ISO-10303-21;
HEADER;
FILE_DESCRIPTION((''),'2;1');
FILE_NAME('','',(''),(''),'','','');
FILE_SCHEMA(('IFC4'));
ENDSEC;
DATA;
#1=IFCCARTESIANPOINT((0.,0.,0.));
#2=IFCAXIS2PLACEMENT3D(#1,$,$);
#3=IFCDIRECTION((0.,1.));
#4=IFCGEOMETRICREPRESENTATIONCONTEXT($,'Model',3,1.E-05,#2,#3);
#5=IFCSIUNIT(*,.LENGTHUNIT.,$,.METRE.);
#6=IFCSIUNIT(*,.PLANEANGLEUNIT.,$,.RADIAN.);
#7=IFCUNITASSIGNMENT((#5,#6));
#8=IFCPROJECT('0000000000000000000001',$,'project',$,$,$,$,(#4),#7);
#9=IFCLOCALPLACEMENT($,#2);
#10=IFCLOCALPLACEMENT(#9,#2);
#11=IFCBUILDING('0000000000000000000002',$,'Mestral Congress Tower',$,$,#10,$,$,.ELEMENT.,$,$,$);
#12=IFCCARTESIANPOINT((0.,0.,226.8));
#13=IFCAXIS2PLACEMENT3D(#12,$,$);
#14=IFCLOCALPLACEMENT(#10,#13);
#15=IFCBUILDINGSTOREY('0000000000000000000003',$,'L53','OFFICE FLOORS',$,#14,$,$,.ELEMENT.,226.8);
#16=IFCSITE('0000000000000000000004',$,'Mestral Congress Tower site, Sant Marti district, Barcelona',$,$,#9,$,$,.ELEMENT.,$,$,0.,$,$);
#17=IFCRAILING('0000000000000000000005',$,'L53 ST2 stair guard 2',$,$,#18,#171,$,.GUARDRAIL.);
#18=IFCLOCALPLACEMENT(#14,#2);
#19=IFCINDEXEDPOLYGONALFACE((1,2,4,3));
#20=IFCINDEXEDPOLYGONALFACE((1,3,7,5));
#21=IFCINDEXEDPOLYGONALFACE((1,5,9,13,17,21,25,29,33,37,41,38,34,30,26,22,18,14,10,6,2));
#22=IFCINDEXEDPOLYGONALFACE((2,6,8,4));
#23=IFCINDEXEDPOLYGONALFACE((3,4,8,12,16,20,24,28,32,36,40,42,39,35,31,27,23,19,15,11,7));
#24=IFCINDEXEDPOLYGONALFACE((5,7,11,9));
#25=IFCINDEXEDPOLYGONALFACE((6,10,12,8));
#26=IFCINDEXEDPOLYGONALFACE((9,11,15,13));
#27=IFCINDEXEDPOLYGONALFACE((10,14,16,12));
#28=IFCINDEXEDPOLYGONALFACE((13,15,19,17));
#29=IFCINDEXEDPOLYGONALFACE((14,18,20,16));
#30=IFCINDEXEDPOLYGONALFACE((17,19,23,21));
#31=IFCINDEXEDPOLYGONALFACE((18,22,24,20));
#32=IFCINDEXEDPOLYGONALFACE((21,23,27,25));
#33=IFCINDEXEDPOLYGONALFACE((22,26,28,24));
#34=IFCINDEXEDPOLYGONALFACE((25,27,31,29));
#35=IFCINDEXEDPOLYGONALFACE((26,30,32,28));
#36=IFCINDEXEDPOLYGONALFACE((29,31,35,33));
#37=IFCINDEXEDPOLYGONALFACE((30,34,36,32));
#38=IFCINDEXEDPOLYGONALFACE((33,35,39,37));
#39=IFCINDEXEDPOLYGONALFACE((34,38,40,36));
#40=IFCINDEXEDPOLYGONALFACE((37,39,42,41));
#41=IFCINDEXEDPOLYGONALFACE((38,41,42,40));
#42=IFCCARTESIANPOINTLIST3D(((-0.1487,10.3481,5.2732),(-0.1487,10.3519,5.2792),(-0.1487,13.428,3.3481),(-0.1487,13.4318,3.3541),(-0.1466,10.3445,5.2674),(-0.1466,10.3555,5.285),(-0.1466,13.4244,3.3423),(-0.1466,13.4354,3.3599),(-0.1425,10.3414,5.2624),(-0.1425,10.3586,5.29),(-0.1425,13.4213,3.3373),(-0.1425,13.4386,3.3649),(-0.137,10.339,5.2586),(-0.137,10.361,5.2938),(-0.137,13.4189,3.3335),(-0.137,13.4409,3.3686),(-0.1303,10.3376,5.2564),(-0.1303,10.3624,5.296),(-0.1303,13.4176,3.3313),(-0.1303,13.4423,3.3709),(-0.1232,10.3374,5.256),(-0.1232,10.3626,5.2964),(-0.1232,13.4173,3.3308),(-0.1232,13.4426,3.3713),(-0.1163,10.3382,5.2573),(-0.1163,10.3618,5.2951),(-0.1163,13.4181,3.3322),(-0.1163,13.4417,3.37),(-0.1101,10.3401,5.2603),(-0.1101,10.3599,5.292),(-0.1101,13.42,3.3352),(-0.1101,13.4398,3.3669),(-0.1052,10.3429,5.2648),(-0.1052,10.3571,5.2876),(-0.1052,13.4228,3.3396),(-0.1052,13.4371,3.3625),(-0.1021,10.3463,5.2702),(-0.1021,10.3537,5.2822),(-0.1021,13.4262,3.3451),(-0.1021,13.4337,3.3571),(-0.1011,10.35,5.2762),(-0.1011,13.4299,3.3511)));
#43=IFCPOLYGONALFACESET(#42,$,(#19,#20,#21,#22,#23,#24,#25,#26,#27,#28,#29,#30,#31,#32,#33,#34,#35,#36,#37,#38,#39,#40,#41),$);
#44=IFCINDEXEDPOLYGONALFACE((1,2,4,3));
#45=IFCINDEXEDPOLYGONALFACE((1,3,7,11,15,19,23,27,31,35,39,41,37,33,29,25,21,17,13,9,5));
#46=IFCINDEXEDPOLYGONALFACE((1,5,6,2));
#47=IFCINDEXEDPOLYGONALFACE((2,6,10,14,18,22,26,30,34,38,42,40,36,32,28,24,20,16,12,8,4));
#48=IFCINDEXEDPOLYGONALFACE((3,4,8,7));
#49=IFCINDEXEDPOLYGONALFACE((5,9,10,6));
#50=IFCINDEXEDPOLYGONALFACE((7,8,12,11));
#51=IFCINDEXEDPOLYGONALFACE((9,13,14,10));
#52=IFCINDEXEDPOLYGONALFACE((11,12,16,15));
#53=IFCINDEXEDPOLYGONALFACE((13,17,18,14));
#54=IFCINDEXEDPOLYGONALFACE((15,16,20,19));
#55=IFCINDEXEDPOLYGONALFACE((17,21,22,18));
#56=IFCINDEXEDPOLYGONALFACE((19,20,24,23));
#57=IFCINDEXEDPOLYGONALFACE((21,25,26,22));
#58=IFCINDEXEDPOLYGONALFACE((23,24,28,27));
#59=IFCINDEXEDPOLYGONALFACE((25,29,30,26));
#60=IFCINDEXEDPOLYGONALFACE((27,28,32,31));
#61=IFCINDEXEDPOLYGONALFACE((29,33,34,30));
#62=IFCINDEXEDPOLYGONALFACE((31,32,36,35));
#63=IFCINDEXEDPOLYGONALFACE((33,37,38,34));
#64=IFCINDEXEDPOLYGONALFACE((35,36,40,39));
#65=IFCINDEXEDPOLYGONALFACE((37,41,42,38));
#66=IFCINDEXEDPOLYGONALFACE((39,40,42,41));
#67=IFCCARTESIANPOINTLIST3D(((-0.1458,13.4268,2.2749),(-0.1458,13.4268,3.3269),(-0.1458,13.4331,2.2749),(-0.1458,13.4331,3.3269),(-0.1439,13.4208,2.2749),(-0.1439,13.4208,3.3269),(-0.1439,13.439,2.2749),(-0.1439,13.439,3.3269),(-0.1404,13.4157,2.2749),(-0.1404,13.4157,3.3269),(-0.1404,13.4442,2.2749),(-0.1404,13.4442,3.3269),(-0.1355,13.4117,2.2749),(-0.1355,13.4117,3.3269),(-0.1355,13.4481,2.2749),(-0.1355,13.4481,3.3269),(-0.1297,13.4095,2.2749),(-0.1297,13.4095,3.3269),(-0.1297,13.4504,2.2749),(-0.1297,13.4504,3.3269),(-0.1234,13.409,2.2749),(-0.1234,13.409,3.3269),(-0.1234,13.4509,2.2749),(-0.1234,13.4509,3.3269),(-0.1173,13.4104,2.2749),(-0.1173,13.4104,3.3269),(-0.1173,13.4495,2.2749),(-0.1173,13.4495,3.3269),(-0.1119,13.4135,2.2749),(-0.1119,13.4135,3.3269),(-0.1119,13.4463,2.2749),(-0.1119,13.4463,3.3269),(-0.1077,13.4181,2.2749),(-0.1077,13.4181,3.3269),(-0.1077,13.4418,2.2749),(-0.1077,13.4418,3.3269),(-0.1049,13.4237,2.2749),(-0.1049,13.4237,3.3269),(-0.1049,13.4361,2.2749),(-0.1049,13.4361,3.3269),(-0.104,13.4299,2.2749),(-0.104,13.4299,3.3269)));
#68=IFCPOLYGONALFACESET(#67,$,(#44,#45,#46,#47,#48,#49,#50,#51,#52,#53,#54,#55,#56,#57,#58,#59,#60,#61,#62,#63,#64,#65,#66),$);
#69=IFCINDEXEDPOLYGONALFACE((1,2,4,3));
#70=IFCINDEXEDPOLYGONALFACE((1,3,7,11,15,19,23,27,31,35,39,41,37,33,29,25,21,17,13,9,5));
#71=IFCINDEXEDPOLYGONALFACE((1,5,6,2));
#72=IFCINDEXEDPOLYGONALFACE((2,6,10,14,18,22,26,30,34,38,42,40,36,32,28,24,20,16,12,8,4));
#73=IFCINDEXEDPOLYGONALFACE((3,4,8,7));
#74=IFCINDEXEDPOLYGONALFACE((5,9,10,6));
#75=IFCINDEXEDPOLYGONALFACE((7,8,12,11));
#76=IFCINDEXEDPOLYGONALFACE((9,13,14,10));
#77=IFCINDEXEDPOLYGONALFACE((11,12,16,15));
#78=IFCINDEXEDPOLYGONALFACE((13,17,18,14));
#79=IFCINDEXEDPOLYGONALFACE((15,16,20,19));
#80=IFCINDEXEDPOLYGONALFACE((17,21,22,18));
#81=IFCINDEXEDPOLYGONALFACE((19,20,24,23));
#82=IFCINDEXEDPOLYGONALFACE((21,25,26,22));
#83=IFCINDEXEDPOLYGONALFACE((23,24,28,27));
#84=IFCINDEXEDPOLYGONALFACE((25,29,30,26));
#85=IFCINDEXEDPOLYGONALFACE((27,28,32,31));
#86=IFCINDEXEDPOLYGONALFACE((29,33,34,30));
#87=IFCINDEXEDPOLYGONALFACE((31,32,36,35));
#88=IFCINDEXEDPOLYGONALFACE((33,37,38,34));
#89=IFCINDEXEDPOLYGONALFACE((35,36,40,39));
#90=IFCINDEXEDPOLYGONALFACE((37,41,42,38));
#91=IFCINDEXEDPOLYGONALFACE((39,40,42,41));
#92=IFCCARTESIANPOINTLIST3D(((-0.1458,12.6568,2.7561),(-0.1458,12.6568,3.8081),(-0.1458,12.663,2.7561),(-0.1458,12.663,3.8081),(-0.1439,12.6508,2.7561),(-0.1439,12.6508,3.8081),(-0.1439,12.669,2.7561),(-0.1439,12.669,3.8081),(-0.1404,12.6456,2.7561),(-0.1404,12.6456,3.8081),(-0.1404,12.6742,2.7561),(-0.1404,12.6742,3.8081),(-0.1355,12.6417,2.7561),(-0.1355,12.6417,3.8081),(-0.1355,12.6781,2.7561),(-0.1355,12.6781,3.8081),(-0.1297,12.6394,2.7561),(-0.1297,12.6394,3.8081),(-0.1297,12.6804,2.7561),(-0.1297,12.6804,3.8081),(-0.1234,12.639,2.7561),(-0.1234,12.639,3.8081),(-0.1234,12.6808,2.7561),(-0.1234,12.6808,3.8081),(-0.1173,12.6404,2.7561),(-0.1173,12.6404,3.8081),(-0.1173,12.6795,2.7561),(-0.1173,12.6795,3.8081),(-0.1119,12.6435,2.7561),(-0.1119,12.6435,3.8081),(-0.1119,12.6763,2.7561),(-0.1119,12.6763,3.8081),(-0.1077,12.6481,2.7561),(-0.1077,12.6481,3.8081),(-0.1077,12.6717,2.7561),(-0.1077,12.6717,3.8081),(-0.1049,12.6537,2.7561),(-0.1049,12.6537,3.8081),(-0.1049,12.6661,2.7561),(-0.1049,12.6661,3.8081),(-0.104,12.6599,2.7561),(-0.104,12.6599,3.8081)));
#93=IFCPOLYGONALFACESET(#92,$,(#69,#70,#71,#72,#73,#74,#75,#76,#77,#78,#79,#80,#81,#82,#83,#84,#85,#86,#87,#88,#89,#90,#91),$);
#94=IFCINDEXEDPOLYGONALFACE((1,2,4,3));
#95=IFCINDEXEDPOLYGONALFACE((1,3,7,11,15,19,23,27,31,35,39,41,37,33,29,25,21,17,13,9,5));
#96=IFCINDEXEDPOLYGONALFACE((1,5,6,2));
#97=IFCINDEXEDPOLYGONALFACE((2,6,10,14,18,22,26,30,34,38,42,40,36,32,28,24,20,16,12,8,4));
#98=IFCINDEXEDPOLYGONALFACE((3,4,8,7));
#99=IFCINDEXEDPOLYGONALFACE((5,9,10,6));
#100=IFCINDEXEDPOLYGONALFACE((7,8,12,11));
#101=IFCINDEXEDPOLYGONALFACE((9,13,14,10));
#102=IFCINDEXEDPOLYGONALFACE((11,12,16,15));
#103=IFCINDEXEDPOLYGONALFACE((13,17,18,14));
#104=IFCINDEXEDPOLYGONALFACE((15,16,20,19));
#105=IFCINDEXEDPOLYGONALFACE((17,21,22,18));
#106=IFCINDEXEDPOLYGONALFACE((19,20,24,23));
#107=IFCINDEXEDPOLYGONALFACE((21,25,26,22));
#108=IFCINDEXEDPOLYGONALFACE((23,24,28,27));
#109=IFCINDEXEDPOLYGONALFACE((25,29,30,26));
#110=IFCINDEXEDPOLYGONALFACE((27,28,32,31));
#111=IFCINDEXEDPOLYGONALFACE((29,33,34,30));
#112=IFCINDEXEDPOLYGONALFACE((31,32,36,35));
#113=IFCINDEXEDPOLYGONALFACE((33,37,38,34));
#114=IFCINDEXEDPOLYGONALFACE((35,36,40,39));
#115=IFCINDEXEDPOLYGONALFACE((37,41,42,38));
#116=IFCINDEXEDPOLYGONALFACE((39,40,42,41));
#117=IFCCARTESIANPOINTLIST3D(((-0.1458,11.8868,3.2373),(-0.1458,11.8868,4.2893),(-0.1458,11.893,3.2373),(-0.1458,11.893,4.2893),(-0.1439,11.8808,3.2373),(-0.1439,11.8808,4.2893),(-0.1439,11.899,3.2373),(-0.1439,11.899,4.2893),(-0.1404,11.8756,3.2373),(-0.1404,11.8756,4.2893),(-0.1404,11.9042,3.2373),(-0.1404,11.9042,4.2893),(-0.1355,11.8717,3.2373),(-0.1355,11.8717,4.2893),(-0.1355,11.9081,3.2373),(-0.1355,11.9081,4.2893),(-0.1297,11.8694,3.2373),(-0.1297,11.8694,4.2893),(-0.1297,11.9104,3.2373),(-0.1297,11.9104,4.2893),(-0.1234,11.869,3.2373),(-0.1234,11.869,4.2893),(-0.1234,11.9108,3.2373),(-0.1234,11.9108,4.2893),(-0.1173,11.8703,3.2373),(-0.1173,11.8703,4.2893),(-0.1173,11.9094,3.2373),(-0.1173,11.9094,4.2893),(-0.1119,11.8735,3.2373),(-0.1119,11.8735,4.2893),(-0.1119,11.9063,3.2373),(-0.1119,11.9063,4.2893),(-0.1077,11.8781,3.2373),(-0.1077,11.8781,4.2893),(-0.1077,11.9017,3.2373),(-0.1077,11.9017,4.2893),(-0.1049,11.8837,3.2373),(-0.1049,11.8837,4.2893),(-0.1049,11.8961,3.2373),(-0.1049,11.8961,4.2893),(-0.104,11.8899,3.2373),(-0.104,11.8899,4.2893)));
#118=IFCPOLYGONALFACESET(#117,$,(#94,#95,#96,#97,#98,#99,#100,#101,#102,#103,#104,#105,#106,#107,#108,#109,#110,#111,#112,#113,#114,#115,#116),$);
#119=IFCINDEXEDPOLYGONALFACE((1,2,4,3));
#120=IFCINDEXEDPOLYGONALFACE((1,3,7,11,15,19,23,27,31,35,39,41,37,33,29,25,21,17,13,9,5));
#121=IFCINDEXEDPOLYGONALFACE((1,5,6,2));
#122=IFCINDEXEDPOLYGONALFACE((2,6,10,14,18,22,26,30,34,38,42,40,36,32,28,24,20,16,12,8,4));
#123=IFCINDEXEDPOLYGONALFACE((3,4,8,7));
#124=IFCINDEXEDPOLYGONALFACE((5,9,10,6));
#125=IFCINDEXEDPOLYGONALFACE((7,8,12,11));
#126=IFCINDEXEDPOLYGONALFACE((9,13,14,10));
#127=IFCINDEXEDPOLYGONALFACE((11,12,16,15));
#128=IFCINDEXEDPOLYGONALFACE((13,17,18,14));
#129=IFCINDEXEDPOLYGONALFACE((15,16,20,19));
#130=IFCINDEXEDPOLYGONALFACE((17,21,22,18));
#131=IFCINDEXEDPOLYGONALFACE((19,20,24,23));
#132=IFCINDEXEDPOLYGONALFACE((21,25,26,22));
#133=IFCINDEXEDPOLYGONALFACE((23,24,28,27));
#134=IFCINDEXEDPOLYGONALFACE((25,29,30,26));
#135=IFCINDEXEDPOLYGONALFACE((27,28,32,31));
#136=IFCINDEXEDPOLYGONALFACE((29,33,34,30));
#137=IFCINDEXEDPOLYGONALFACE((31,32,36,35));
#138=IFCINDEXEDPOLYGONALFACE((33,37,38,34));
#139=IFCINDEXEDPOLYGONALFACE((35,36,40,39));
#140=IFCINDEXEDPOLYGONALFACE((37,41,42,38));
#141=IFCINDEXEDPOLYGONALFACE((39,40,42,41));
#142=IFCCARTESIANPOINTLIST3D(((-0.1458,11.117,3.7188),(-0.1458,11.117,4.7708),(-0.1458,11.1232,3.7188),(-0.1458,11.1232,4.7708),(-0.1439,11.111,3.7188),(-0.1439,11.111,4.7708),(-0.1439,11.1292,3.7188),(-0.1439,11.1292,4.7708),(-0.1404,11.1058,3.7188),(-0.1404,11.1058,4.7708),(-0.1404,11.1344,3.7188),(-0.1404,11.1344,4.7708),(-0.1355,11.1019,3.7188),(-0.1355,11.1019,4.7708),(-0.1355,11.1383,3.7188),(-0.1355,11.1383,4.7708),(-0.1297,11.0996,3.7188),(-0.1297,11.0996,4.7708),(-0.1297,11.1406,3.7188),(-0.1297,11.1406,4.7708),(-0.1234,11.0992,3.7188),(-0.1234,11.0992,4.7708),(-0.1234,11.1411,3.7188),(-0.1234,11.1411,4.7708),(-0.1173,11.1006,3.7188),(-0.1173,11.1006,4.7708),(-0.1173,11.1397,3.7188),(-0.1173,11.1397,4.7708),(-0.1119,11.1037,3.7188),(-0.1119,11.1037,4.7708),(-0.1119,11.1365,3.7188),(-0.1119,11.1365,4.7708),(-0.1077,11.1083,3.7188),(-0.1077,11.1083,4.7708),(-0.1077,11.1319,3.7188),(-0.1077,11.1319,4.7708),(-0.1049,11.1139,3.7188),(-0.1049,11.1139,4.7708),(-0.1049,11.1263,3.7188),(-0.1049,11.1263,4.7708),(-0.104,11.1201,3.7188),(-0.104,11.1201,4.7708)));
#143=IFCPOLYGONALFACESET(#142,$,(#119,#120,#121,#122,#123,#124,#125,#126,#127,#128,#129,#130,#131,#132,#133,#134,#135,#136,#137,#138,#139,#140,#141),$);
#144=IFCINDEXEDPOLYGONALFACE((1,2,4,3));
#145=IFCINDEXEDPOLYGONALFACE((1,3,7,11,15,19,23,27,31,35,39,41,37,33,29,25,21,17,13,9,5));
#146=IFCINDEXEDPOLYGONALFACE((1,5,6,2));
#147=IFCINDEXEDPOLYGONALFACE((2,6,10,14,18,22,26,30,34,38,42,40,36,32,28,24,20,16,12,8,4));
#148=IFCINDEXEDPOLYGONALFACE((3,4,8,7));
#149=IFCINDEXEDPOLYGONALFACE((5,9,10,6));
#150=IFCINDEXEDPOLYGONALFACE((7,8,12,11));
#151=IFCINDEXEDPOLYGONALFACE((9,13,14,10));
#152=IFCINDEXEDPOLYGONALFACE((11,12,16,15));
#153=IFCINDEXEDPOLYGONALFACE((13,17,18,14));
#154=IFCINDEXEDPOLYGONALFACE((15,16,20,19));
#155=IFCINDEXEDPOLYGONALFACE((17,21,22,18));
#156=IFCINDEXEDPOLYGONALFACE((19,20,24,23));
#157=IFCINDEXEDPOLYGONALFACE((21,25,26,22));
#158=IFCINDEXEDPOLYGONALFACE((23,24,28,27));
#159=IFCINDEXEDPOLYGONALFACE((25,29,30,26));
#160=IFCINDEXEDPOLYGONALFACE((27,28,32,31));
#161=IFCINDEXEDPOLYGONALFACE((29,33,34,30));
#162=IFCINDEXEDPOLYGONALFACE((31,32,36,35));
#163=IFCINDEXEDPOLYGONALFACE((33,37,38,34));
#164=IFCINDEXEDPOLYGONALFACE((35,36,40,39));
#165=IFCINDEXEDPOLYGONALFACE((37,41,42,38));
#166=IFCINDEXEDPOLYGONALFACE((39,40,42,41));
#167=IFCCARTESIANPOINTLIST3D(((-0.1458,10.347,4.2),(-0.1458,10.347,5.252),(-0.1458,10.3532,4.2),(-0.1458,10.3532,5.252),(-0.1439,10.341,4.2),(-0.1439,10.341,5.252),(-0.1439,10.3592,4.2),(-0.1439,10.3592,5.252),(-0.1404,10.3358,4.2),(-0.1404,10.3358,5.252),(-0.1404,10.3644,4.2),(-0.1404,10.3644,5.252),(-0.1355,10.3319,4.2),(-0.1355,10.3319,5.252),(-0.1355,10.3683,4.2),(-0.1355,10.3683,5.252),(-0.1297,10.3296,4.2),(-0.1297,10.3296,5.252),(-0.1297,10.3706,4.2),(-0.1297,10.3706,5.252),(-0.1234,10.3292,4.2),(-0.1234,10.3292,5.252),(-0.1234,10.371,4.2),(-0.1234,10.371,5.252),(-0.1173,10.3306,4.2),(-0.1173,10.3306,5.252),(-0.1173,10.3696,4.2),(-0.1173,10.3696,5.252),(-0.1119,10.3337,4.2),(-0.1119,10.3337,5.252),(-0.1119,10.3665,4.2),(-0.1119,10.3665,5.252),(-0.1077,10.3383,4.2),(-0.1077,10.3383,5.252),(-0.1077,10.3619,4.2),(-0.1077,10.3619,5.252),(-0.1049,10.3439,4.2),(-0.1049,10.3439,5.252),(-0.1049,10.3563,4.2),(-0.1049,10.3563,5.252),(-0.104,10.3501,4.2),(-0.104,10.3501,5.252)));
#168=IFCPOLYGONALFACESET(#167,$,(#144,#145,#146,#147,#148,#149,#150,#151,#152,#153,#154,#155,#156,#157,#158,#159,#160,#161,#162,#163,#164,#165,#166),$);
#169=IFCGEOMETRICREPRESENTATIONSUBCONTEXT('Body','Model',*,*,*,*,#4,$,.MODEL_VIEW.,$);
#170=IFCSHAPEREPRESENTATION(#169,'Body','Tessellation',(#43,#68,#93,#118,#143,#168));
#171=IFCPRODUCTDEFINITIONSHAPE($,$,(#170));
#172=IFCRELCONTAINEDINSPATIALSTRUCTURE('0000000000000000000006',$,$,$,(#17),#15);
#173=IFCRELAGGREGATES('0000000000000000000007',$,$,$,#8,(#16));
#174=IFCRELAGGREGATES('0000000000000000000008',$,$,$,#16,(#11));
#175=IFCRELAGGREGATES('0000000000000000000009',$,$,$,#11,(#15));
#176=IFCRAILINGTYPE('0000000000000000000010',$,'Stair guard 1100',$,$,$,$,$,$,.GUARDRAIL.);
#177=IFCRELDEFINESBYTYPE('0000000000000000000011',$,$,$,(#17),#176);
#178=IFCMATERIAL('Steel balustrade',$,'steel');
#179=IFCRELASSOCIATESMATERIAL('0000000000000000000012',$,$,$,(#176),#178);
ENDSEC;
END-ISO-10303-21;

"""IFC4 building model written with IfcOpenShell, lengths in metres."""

from ifc_helpers import new_model, si_unit, direction, frame, origin, origin_2d, place, context, subcontext, project, spatial, circle, extrude, material, type_object, element, save


model = new_model("IFC4")

# Units and contexts
model_context = context("Model", 3, precision=1e-05, world=origin(), true_north=direction((0.0, 1.0)))
body_context = subcontext(model_context, "Body", "Model", "MODEL_VIEW")
ifc_project = project(units=[si_unit("LENGTHUNIT", "METRE"), si_unit("PLANEANGLEUNIT", "RADIAN")], contexts=[model_context])

# Site, building, storey
site_placement = place(None, origin())
site = spatial("IfcSite", under=ifc_project, at=site_placement, Name="Mestral Congress Tower site, Sant Marti district, Barcelona", CompositionType="ELEMENT", RefElevation=0.0)
building_placement = place(site_placement, origin())
building = spatial("IfcBuilding", under=site, at=building_placement, Name="Mestral Congress Tower", CompositionType="ELEMENT")
storey_placement = place(building_placement, frame((0.0, 0.0, 226.8)))
storey = spatial("IfcBuildingStorey", under=building, at=storey_placement, Name="L53", Description="OFFICE FLOORS", CompositionType="ELEMENT", Elevation=226.8)

# Railing
ifc_material_1 = material(Name="Steel balustrade", Category="steel")
railing_type = type_object("IfcRailingType", Name="Stair guard 1100", PredefinedType="GUARDRAIL", material=ifc_material_1)
railing_placement = place(storey_placement, frame((-0.125, 13.4299, 2.2749)))
element("IfcRailing", 1, at=railing_placement, inside=storey, type_object=railing_type, Name="L53 ST2 stair guard 2", PredefinedType="GUARDRAIL", context=body_context, shape_type="SweptSolid", body=[
    extrude(circle(Radius=0.0239, at=origin_2d()), frame((0.0, 0.0, 1.0762), z_axis=(0.0, -0.847979, 0.530029), x_axis=(1.0, 0.0, 0.0)), (0.0, 0.0, 1.0), 3.6321),
    extrude(circle(Radius=0.021, at=origin_2d()), origin(), (0.0, 0.0, 1.0), 1.052),
    extrude(circle(Radius=0.021, at=origin_2d()), frame((0.0, -0.77, 0.4812)), (0.0, 0.0, 1.0), 1.052),
    extrude(circle(Radius=0.021, at=origin_2d()), frame((0.0, -1.54, 0.9624)), (0.0, 0.0, 1.0), 1.052),
    extrude(circle(Radius=0.021, at=origin_2d()), frame((0.0, -2.3098, 1.4438)), (0.0, 0.0, 1.0), 1.052),
    extrude(circle(Radius=0.021, at=origin_2d()), frame((0.0, -3.0798, 1.925)), (0.0, 0.0, 1.0), 1.052),
])

save(model, "model.ifc")
